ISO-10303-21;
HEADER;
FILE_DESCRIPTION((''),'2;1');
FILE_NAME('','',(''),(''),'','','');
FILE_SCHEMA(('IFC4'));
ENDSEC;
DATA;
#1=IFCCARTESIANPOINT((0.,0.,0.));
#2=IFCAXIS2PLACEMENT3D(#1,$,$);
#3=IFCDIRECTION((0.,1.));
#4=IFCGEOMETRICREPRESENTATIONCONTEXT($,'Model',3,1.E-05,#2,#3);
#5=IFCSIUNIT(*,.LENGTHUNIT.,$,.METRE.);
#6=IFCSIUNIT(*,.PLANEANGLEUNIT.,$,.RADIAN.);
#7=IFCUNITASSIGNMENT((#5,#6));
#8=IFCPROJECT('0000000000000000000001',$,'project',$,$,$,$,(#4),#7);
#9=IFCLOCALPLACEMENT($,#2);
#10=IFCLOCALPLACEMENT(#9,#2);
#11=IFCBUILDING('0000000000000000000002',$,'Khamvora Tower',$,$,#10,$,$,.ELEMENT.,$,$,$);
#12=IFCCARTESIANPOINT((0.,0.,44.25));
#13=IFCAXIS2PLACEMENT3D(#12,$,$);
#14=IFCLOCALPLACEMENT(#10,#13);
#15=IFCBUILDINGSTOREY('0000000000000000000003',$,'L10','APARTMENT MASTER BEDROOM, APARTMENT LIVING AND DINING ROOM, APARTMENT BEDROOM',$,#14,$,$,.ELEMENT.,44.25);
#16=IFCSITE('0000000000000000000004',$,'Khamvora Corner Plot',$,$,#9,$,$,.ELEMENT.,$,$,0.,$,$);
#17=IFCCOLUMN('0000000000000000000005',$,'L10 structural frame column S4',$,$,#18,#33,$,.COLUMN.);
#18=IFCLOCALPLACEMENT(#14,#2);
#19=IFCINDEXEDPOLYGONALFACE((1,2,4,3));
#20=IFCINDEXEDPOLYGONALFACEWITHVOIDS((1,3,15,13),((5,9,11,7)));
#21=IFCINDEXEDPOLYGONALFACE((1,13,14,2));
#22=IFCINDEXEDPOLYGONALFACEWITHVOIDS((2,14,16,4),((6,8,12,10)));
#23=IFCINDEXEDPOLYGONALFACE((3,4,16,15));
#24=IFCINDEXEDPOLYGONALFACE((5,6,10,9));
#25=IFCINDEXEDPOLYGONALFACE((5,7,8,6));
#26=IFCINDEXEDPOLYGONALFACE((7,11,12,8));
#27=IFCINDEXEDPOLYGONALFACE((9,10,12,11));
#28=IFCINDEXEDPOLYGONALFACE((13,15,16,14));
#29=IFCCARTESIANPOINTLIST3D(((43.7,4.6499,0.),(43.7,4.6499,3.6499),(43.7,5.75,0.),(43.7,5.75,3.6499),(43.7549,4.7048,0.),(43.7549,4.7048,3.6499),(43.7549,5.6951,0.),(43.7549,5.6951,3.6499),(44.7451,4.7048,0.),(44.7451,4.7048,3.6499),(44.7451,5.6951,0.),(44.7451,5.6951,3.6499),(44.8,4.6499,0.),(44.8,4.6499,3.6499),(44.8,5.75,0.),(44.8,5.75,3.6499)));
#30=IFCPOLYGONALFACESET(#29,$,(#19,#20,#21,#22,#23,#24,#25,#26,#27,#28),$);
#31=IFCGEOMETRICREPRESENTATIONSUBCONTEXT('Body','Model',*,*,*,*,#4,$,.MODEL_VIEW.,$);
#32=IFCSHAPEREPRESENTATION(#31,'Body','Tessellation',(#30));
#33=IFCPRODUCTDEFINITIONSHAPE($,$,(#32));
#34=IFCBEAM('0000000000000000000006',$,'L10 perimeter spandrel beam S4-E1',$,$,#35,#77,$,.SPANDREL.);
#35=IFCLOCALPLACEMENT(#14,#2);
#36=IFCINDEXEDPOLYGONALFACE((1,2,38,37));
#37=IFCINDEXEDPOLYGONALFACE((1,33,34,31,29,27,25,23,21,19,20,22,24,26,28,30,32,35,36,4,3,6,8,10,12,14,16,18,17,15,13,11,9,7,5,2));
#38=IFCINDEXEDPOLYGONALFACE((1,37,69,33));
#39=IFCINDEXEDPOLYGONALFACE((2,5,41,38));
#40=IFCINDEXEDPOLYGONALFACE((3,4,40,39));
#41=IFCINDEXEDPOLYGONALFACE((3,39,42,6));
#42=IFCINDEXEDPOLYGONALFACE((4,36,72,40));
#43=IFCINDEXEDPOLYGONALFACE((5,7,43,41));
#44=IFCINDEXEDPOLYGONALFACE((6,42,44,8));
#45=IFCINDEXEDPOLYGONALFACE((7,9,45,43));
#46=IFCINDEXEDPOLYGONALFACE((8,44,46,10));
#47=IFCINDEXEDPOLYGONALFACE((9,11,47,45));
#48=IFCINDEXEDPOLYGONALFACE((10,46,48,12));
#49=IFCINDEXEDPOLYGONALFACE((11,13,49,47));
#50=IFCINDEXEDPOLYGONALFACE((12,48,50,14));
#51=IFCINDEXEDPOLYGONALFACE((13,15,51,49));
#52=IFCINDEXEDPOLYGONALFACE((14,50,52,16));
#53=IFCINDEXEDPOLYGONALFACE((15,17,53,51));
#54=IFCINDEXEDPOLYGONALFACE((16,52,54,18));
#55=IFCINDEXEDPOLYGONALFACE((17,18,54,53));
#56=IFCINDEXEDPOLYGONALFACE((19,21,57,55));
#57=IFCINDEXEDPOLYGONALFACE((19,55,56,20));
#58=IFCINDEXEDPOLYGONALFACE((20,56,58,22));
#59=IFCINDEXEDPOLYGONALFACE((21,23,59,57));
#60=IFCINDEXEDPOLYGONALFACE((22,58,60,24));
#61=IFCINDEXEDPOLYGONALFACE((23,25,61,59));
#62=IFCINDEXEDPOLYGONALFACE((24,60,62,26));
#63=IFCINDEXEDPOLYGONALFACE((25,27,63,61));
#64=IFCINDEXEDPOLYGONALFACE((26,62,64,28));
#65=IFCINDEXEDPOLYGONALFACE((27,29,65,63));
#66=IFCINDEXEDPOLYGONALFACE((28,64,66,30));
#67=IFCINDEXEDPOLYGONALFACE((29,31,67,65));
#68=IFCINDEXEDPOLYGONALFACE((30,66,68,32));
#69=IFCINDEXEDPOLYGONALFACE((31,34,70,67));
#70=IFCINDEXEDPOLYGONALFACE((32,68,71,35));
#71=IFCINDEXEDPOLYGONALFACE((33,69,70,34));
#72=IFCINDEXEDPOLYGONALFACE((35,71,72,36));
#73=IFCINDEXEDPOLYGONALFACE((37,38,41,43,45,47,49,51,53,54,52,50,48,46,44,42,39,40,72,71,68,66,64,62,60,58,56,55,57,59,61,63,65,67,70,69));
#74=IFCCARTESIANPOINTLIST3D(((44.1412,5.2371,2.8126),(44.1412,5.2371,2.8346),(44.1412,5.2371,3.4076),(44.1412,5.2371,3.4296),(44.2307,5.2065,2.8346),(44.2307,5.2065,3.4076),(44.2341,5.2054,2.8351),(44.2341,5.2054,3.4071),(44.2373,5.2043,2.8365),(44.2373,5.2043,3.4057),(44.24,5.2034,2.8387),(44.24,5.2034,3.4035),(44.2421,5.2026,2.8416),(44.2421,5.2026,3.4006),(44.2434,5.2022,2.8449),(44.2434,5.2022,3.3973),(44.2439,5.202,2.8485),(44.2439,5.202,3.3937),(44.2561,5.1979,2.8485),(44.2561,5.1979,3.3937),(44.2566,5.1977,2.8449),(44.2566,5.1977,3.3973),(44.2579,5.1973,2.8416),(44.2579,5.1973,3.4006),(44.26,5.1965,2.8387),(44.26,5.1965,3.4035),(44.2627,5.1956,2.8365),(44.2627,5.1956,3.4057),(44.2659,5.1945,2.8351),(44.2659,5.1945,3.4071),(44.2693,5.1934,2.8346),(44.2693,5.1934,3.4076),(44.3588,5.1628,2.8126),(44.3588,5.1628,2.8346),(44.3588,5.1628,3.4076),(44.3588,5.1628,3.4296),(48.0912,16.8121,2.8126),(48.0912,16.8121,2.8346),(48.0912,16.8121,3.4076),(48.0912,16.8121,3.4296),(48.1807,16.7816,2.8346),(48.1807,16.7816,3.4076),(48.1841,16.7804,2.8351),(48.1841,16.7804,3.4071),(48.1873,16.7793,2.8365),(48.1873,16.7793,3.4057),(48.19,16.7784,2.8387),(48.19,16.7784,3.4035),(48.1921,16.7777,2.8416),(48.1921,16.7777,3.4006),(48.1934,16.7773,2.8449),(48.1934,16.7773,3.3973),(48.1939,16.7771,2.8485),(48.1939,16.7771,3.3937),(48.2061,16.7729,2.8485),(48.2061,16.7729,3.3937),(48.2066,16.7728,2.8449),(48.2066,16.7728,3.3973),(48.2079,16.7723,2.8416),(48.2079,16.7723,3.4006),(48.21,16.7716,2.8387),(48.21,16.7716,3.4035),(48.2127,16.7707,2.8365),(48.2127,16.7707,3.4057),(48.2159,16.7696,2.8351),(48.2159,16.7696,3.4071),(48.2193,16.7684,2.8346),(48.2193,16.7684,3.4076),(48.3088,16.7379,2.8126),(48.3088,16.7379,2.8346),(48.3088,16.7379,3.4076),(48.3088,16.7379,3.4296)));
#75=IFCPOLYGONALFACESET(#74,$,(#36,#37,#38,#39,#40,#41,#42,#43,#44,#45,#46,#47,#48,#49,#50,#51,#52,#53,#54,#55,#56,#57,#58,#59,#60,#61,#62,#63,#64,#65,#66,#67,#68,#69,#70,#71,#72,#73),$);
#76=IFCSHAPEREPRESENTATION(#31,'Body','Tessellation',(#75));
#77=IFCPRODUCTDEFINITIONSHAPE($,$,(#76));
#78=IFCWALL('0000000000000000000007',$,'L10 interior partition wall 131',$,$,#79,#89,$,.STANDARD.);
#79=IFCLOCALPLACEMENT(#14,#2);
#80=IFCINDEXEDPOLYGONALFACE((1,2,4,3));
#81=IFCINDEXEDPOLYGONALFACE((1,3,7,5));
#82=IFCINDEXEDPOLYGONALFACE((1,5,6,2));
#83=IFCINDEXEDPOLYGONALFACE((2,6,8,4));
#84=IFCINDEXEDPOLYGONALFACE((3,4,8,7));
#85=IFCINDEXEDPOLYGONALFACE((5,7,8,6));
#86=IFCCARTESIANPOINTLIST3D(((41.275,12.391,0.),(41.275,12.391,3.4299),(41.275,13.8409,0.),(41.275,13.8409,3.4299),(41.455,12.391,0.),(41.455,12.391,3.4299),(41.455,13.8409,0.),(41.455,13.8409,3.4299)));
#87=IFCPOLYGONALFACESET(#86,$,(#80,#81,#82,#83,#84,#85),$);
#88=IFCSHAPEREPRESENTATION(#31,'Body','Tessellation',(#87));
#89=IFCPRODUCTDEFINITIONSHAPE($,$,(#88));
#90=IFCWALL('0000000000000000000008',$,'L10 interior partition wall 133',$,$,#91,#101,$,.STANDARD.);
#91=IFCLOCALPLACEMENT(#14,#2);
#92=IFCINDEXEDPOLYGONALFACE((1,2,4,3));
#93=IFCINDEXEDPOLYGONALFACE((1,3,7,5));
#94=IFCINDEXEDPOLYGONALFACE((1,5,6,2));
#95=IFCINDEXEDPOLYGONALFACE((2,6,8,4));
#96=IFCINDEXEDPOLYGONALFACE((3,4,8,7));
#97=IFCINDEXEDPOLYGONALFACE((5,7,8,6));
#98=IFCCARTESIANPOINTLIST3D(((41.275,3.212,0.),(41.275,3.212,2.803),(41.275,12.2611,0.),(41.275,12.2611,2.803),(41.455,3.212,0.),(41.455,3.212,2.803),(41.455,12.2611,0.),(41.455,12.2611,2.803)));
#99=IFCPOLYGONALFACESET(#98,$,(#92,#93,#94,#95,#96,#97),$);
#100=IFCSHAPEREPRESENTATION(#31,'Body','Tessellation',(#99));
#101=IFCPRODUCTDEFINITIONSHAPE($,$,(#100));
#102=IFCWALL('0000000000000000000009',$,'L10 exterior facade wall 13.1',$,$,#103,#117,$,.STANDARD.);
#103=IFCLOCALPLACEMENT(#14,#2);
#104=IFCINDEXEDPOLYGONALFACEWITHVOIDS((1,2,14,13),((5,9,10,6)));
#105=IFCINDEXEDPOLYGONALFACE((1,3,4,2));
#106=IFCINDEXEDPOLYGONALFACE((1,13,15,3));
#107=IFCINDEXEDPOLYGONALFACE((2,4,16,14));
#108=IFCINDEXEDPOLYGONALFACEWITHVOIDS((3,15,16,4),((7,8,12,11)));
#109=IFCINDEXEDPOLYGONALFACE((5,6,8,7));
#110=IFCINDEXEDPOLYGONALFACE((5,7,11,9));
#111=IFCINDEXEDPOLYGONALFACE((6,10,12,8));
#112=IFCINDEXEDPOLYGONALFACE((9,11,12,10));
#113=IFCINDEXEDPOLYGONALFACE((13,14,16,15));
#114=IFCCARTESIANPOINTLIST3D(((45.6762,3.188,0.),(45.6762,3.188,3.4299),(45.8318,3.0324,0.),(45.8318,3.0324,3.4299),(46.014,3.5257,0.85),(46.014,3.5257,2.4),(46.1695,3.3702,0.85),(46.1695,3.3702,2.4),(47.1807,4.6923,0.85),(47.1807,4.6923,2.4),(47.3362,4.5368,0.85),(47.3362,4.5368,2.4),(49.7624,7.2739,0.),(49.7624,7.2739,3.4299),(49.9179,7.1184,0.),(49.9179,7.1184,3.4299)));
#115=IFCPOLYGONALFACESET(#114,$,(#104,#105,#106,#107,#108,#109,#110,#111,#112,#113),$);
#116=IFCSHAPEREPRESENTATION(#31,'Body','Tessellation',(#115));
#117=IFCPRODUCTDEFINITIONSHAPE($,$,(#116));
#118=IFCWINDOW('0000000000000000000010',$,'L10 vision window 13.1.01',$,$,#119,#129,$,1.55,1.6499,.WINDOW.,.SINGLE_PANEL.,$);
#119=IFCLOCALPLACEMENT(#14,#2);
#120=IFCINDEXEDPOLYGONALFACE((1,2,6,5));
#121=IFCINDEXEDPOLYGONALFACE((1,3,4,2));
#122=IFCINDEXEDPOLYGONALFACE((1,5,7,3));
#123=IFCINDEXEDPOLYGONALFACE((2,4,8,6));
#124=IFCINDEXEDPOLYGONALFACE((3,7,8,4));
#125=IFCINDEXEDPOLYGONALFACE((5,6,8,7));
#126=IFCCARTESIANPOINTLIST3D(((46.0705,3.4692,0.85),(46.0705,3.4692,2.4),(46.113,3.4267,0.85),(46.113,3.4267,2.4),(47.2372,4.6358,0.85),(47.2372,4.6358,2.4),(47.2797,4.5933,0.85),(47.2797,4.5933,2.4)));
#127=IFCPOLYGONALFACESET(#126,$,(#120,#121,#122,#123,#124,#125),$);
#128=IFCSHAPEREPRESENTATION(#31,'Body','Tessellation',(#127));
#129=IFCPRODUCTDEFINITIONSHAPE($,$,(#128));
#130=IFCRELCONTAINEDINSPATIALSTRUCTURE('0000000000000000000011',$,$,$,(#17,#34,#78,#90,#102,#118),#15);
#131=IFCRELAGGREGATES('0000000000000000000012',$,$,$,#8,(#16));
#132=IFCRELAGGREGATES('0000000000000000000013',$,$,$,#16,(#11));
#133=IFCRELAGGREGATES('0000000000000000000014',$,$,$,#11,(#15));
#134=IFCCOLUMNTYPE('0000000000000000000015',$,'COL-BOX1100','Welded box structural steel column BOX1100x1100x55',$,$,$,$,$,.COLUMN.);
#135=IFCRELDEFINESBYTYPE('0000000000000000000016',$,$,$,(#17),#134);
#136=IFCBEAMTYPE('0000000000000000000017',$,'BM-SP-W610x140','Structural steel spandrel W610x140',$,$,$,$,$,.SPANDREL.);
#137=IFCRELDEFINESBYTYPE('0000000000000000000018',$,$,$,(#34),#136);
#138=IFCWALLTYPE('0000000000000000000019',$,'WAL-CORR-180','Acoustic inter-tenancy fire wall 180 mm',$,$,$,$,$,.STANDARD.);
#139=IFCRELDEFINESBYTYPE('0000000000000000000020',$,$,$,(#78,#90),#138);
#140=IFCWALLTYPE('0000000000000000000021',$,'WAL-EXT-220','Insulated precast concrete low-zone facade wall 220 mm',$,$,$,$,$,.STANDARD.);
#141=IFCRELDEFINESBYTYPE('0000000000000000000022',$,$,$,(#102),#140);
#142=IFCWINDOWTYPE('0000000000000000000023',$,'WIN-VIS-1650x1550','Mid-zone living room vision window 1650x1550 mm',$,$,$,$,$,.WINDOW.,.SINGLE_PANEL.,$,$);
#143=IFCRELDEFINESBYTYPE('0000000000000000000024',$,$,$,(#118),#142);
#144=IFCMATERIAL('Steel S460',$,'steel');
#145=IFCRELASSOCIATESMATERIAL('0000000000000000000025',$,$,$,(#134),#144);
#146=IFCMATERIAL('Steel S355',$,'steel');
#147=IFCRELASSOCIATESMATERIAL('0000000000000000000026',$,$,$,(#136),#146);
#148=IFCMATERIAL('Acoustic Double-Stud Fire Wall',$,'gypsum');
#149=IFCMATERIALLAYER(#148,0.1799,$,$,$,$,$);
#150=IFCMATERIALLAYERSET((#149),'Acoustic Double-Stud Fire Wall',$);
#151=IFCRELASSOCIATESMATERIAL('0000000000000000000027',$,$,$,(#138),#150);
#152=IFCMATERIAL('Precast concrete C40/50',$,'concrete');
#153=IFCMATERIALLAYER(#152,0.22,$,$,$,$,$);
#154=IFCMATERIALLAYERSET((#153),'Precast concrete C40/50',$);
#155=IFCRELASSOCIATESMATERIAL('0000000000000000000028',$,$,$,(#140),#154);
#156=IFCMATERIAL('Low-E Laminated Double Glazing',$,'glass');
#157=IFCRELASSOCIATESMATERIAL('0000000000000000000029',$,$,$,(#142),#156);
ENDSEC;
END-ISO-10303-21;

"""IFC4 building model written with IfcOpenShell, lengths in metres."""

from ifc_helpers import new_model, si_unit, direction, frame, frame_2d, origin, origin_2d, place, context, subcontext, project, spatial, rectangle, hollow_rectangle, i_section, extrude, material, layer, layer_set, material_profile, profile_set, type_object, element, fill, save


model = new_model("IFC4")

# Units and contexts
model_context = context("Model", 3, precision=1e-05, world=origin(), true_north=direction((0.0, 1.0)))
body_context = subcontext(model_context, "Body", "Model", "MODEL_VIEW")
ifc_project = project(units=[si_unit("LENGTHUNIT", "METRE"), si_unit("PLANEANGLEUNIT", "RADIAN")], contexts=[model_context])

# Site, building, storey
site_placement = place(None, origin())
site = spatial("IfcSite", under=ifc_project, at=site_placement, Name="Khamvora Corner Plot", CompositionType="ELEMENT", RefElevation=0.0)
building_placement = place(site_placement, origin())
building = spatial("IfcBuilding", under=site, at=building_placement, Name="Khamvora Tower", CompositionType="ELEMENT")
storey_placement = place(building_placement, frame((0.0, 0.0, 44.25)))
storey = spatial("IfcBuildingStorey", under=building, at=storey_placement, Name="L10", Description="APARTMENT MASTER BEDROOM, APARTMENT LIVING AND DINING ROOM, APARTMENT BEDROOM", CompositionType="ELEMENT", Elevation=44.25)

# Column
ifc_material_1 = material(Name="Steel S460", Category="steel")
ifc_material_profile_1 = material_profile(ifc_material_1, hollow_rectangle(XDim=1.1001, YDim=1.1001, WallThickness=0.0549, at=origin_2d()), Name="BOX1100x1100x55")
ifc_profile_set_1 = profile_set([ifc_material_profile_1], Name="Steel S460")
column_type = type_object("IfcColumnType", Name="COL-BOX1100", Description="Welded box structural steel column BOX1100x1100x55", PredefinedType="COLUMN", material=ifc_profile_set_1)
column_placement = place(storey_placement, frame((44.25, 5.2, 0.0), z_axis=(0.0, 0.0, 1.0), x_axis=(1.0, 0.0, 0.0)))
element("IfcColumn", 1, at=column_placement, inside=storey, type_object=column_type, Name="L10 structural frame column S4", PredefinedType="COLUMN", context=body_context, shape_type="SweptSolid", body=[
    extrude(hollow_rectangle(XDim=1.1001, YDim=1.1001, WallThickness=0.0549, at=origin_2d()), origin(), (0.0, 0.0, 1.0), 3.6499),
])

# Beam
ifc_material_2 = material(Name="Steel S355", Category="steel")
ifc_material_profile_2 = material_profile(ifc_material_2, i_section(OverallWidth=0.23, OverallDepth=0.6169, WebThickness=0.0129, FlangeThickness=0.022, FilletRadius=0.0139, at=origin_2d()), Name="W610x140")
ifc_profile_set_2 = profile_set([ifc_material_profile_2], Name="Steel S355")
beam_type = type_object("IfcBeamType", Name="BM-SP-W610x140", Description="Structural steel spandrel W610x140", PredefinedType="SPANDREL", material=ifc_profile_set_2)
beam_placement = place(storey_placement, frame((44.25, 5.2, 3.1211), z_axis=(0.322963, 0.946412, 0.0), x_axis=(-0.946412, 0.322963, 0.0)))
element("IfcBeam", 2, at=beam_placement, inside=storey, type_object=beam_type, Name="L10 perimeter spandrel beam S4-E1", PredefinedType="SPANDREL", context=body_context, shape_type="SweptSolid", body=[
    extrude(i_section(OverallWidth=0.23, OverallDepth=0.6169, WebThickness=0.0129, FlangeThickness=0.022, FilletRadius=0.0139, at=origin_2d()), origin(), (0.0, 0.0, 1.0), 12.2305),
])

# Walls
ifc_material_3 = material(Name="Acoustic Double-Stud Fire Wall", Category="gypsum")
ifc_layer_1 = layer(ifc_material_3, 0.1799)
ifc_layer_set_1 = layer_set([ifc_layer_1], Name="Acoustic Double-Stud Fire Wall")
wall_type_1 = type_object("IfcWallType", Name="WAL-CORR-180", Description="Acoustic inter-tenancy fire wall 180 mm", PredefinedType="STANDARD", material=ifc_layer_set_1)
wall_1_placement = place(storey_placement, frame((41.365, 13.8411, 0.0), z_axis=(0.0, 0.0, 1.0), x_axis=(0.0, -1.0, 0.0)))
element("IfcWall", 3, at=wall_1_placement, inside=storey, type_object=wall_type_1, Name="L10 interior partition wall 131", PredefinedType="STANDARD", context=body_context, shape_type="SweptSolid", body=[
    extrude(rectangle(XDim=1.45, YDim=0.1799, at=frame_2d((0.7251, 0.0))), origin(), (0.0, 0.0, 1.0), 3.4299),
])
wall_2_placement = place(storey_placement, frame((41.365, 12.261, 0.0), z_axis=(0.0, 0.0, 1.0), x_axis=(0.0, -1.0, 0.0)))
element("IfcWall", 4, at=wall_2_placement, inside=storey, type_object=wall_type_1, Name="L10 interior partition wall 133", PredefinedType="STANDARD", context=body_context, shape_type="SweptSolid", body=[
    extrude(rectangle(XDim=9.0491, YDim=0.1799, at=frame_2d((4.5244, 0.0))), origin(), (0.0, 0.0, 1.0), 2.803),
])

# Wall, opening, window
ifc_material_4 = material(Name="Precast concrete C40/50", Category="concrete")
ifc_layer_2 = layer(ifc_material_4, 0.22)
ifc_layer_set_2 = layer_set([ifc_layer_2], Name="Precast concrete C40/50")
wall_type_2 = type_object("IfcWallType", Name="WAL-EXT-220", Description="Insulated precast concrete low-zone facade wall 220 mm", PredefinedType="STANDARD", material=ifc_layer_set_2)
wall_3_placement = place(storey_placement, frame((49.8401, 7.196, 0.0), z_axis=(0.0, 0.0, 1.0), x_axis=(-0.707128, -0.707086, 0.0)))
wall_3 = element("IfcWall", 5, at=wall_3_placement, inside=storey, type_object=wall_type_2, Name="L10 exterior facade wall 13.1", PredefinedType="STANDARD", context=body_context, shape_type="SweptSolid", body=[
    extrude(rectangle(XDim=5.7786, YDim=0.22, at=frame_2d((2.8892, 0.0))), origin(), (0.0, 0.0, 1.0), 3.4299),
])
opening_1_placement = place(wall_3_placement, frame((3.6509, 0.0, 0.8501)))
opening_1 = element("IfcOpeningElement", 6, at=opening_1_placement, cuts=wall_3, PredefinedType="OPENING", context=body_context, shape_type="SweptSolid", body=[
    extrude(rectangle(XDim=1.6499, YDim=1.55, at=frame_2d((0.825, 0.7749))), frame((0.0, 0.1199, 0.0), z_axis=(0.0, -1.0, 0.0), x_axis=(1.0, 0.0, 0.0)), (0.0, 0.0, 1.0), 0.24),
])
ifc_material_5 = material(Name="Low-E Laminated Double Glazing", Category="glass")
window_type_1 = type_object("IfcWindowType", Name="WIN-VIS-1650x1550", Description="Mid-zone living room vision window 1650x1550 mm", PartitioningType="SINGLE_PANEL", PredefinedType="WINDOW", material=ifc_material_5)
window_1_placement = place(opening_1_placement, origin())
window_1 = element("IfcWindow", 7, at=window_1_placement, inside=storey, type_object=window_type_1, Name="L10 vision window 13.1.01", OverallHeight=1.55, OverallWidth=1.6499, PartitioningType="SINGLE_PANEL", PredefinedType="WINDOW", context=body_context, shape_type="SweptSolid", body=[
    extrude(rectangle(XDim=1.6499, YDim=1.55, at=frame_2d((0.825, 0.7749))), frame((0.0, 0.03, 0.0), z_axis=(0.0, -1.0, 0.0), x_axis=(1.0, 0.0, 0.0)), (0.0, 0.0, 1.0), 0.0601),
])
fill(opening_1, window_1)

save(model, "model.ifc")
